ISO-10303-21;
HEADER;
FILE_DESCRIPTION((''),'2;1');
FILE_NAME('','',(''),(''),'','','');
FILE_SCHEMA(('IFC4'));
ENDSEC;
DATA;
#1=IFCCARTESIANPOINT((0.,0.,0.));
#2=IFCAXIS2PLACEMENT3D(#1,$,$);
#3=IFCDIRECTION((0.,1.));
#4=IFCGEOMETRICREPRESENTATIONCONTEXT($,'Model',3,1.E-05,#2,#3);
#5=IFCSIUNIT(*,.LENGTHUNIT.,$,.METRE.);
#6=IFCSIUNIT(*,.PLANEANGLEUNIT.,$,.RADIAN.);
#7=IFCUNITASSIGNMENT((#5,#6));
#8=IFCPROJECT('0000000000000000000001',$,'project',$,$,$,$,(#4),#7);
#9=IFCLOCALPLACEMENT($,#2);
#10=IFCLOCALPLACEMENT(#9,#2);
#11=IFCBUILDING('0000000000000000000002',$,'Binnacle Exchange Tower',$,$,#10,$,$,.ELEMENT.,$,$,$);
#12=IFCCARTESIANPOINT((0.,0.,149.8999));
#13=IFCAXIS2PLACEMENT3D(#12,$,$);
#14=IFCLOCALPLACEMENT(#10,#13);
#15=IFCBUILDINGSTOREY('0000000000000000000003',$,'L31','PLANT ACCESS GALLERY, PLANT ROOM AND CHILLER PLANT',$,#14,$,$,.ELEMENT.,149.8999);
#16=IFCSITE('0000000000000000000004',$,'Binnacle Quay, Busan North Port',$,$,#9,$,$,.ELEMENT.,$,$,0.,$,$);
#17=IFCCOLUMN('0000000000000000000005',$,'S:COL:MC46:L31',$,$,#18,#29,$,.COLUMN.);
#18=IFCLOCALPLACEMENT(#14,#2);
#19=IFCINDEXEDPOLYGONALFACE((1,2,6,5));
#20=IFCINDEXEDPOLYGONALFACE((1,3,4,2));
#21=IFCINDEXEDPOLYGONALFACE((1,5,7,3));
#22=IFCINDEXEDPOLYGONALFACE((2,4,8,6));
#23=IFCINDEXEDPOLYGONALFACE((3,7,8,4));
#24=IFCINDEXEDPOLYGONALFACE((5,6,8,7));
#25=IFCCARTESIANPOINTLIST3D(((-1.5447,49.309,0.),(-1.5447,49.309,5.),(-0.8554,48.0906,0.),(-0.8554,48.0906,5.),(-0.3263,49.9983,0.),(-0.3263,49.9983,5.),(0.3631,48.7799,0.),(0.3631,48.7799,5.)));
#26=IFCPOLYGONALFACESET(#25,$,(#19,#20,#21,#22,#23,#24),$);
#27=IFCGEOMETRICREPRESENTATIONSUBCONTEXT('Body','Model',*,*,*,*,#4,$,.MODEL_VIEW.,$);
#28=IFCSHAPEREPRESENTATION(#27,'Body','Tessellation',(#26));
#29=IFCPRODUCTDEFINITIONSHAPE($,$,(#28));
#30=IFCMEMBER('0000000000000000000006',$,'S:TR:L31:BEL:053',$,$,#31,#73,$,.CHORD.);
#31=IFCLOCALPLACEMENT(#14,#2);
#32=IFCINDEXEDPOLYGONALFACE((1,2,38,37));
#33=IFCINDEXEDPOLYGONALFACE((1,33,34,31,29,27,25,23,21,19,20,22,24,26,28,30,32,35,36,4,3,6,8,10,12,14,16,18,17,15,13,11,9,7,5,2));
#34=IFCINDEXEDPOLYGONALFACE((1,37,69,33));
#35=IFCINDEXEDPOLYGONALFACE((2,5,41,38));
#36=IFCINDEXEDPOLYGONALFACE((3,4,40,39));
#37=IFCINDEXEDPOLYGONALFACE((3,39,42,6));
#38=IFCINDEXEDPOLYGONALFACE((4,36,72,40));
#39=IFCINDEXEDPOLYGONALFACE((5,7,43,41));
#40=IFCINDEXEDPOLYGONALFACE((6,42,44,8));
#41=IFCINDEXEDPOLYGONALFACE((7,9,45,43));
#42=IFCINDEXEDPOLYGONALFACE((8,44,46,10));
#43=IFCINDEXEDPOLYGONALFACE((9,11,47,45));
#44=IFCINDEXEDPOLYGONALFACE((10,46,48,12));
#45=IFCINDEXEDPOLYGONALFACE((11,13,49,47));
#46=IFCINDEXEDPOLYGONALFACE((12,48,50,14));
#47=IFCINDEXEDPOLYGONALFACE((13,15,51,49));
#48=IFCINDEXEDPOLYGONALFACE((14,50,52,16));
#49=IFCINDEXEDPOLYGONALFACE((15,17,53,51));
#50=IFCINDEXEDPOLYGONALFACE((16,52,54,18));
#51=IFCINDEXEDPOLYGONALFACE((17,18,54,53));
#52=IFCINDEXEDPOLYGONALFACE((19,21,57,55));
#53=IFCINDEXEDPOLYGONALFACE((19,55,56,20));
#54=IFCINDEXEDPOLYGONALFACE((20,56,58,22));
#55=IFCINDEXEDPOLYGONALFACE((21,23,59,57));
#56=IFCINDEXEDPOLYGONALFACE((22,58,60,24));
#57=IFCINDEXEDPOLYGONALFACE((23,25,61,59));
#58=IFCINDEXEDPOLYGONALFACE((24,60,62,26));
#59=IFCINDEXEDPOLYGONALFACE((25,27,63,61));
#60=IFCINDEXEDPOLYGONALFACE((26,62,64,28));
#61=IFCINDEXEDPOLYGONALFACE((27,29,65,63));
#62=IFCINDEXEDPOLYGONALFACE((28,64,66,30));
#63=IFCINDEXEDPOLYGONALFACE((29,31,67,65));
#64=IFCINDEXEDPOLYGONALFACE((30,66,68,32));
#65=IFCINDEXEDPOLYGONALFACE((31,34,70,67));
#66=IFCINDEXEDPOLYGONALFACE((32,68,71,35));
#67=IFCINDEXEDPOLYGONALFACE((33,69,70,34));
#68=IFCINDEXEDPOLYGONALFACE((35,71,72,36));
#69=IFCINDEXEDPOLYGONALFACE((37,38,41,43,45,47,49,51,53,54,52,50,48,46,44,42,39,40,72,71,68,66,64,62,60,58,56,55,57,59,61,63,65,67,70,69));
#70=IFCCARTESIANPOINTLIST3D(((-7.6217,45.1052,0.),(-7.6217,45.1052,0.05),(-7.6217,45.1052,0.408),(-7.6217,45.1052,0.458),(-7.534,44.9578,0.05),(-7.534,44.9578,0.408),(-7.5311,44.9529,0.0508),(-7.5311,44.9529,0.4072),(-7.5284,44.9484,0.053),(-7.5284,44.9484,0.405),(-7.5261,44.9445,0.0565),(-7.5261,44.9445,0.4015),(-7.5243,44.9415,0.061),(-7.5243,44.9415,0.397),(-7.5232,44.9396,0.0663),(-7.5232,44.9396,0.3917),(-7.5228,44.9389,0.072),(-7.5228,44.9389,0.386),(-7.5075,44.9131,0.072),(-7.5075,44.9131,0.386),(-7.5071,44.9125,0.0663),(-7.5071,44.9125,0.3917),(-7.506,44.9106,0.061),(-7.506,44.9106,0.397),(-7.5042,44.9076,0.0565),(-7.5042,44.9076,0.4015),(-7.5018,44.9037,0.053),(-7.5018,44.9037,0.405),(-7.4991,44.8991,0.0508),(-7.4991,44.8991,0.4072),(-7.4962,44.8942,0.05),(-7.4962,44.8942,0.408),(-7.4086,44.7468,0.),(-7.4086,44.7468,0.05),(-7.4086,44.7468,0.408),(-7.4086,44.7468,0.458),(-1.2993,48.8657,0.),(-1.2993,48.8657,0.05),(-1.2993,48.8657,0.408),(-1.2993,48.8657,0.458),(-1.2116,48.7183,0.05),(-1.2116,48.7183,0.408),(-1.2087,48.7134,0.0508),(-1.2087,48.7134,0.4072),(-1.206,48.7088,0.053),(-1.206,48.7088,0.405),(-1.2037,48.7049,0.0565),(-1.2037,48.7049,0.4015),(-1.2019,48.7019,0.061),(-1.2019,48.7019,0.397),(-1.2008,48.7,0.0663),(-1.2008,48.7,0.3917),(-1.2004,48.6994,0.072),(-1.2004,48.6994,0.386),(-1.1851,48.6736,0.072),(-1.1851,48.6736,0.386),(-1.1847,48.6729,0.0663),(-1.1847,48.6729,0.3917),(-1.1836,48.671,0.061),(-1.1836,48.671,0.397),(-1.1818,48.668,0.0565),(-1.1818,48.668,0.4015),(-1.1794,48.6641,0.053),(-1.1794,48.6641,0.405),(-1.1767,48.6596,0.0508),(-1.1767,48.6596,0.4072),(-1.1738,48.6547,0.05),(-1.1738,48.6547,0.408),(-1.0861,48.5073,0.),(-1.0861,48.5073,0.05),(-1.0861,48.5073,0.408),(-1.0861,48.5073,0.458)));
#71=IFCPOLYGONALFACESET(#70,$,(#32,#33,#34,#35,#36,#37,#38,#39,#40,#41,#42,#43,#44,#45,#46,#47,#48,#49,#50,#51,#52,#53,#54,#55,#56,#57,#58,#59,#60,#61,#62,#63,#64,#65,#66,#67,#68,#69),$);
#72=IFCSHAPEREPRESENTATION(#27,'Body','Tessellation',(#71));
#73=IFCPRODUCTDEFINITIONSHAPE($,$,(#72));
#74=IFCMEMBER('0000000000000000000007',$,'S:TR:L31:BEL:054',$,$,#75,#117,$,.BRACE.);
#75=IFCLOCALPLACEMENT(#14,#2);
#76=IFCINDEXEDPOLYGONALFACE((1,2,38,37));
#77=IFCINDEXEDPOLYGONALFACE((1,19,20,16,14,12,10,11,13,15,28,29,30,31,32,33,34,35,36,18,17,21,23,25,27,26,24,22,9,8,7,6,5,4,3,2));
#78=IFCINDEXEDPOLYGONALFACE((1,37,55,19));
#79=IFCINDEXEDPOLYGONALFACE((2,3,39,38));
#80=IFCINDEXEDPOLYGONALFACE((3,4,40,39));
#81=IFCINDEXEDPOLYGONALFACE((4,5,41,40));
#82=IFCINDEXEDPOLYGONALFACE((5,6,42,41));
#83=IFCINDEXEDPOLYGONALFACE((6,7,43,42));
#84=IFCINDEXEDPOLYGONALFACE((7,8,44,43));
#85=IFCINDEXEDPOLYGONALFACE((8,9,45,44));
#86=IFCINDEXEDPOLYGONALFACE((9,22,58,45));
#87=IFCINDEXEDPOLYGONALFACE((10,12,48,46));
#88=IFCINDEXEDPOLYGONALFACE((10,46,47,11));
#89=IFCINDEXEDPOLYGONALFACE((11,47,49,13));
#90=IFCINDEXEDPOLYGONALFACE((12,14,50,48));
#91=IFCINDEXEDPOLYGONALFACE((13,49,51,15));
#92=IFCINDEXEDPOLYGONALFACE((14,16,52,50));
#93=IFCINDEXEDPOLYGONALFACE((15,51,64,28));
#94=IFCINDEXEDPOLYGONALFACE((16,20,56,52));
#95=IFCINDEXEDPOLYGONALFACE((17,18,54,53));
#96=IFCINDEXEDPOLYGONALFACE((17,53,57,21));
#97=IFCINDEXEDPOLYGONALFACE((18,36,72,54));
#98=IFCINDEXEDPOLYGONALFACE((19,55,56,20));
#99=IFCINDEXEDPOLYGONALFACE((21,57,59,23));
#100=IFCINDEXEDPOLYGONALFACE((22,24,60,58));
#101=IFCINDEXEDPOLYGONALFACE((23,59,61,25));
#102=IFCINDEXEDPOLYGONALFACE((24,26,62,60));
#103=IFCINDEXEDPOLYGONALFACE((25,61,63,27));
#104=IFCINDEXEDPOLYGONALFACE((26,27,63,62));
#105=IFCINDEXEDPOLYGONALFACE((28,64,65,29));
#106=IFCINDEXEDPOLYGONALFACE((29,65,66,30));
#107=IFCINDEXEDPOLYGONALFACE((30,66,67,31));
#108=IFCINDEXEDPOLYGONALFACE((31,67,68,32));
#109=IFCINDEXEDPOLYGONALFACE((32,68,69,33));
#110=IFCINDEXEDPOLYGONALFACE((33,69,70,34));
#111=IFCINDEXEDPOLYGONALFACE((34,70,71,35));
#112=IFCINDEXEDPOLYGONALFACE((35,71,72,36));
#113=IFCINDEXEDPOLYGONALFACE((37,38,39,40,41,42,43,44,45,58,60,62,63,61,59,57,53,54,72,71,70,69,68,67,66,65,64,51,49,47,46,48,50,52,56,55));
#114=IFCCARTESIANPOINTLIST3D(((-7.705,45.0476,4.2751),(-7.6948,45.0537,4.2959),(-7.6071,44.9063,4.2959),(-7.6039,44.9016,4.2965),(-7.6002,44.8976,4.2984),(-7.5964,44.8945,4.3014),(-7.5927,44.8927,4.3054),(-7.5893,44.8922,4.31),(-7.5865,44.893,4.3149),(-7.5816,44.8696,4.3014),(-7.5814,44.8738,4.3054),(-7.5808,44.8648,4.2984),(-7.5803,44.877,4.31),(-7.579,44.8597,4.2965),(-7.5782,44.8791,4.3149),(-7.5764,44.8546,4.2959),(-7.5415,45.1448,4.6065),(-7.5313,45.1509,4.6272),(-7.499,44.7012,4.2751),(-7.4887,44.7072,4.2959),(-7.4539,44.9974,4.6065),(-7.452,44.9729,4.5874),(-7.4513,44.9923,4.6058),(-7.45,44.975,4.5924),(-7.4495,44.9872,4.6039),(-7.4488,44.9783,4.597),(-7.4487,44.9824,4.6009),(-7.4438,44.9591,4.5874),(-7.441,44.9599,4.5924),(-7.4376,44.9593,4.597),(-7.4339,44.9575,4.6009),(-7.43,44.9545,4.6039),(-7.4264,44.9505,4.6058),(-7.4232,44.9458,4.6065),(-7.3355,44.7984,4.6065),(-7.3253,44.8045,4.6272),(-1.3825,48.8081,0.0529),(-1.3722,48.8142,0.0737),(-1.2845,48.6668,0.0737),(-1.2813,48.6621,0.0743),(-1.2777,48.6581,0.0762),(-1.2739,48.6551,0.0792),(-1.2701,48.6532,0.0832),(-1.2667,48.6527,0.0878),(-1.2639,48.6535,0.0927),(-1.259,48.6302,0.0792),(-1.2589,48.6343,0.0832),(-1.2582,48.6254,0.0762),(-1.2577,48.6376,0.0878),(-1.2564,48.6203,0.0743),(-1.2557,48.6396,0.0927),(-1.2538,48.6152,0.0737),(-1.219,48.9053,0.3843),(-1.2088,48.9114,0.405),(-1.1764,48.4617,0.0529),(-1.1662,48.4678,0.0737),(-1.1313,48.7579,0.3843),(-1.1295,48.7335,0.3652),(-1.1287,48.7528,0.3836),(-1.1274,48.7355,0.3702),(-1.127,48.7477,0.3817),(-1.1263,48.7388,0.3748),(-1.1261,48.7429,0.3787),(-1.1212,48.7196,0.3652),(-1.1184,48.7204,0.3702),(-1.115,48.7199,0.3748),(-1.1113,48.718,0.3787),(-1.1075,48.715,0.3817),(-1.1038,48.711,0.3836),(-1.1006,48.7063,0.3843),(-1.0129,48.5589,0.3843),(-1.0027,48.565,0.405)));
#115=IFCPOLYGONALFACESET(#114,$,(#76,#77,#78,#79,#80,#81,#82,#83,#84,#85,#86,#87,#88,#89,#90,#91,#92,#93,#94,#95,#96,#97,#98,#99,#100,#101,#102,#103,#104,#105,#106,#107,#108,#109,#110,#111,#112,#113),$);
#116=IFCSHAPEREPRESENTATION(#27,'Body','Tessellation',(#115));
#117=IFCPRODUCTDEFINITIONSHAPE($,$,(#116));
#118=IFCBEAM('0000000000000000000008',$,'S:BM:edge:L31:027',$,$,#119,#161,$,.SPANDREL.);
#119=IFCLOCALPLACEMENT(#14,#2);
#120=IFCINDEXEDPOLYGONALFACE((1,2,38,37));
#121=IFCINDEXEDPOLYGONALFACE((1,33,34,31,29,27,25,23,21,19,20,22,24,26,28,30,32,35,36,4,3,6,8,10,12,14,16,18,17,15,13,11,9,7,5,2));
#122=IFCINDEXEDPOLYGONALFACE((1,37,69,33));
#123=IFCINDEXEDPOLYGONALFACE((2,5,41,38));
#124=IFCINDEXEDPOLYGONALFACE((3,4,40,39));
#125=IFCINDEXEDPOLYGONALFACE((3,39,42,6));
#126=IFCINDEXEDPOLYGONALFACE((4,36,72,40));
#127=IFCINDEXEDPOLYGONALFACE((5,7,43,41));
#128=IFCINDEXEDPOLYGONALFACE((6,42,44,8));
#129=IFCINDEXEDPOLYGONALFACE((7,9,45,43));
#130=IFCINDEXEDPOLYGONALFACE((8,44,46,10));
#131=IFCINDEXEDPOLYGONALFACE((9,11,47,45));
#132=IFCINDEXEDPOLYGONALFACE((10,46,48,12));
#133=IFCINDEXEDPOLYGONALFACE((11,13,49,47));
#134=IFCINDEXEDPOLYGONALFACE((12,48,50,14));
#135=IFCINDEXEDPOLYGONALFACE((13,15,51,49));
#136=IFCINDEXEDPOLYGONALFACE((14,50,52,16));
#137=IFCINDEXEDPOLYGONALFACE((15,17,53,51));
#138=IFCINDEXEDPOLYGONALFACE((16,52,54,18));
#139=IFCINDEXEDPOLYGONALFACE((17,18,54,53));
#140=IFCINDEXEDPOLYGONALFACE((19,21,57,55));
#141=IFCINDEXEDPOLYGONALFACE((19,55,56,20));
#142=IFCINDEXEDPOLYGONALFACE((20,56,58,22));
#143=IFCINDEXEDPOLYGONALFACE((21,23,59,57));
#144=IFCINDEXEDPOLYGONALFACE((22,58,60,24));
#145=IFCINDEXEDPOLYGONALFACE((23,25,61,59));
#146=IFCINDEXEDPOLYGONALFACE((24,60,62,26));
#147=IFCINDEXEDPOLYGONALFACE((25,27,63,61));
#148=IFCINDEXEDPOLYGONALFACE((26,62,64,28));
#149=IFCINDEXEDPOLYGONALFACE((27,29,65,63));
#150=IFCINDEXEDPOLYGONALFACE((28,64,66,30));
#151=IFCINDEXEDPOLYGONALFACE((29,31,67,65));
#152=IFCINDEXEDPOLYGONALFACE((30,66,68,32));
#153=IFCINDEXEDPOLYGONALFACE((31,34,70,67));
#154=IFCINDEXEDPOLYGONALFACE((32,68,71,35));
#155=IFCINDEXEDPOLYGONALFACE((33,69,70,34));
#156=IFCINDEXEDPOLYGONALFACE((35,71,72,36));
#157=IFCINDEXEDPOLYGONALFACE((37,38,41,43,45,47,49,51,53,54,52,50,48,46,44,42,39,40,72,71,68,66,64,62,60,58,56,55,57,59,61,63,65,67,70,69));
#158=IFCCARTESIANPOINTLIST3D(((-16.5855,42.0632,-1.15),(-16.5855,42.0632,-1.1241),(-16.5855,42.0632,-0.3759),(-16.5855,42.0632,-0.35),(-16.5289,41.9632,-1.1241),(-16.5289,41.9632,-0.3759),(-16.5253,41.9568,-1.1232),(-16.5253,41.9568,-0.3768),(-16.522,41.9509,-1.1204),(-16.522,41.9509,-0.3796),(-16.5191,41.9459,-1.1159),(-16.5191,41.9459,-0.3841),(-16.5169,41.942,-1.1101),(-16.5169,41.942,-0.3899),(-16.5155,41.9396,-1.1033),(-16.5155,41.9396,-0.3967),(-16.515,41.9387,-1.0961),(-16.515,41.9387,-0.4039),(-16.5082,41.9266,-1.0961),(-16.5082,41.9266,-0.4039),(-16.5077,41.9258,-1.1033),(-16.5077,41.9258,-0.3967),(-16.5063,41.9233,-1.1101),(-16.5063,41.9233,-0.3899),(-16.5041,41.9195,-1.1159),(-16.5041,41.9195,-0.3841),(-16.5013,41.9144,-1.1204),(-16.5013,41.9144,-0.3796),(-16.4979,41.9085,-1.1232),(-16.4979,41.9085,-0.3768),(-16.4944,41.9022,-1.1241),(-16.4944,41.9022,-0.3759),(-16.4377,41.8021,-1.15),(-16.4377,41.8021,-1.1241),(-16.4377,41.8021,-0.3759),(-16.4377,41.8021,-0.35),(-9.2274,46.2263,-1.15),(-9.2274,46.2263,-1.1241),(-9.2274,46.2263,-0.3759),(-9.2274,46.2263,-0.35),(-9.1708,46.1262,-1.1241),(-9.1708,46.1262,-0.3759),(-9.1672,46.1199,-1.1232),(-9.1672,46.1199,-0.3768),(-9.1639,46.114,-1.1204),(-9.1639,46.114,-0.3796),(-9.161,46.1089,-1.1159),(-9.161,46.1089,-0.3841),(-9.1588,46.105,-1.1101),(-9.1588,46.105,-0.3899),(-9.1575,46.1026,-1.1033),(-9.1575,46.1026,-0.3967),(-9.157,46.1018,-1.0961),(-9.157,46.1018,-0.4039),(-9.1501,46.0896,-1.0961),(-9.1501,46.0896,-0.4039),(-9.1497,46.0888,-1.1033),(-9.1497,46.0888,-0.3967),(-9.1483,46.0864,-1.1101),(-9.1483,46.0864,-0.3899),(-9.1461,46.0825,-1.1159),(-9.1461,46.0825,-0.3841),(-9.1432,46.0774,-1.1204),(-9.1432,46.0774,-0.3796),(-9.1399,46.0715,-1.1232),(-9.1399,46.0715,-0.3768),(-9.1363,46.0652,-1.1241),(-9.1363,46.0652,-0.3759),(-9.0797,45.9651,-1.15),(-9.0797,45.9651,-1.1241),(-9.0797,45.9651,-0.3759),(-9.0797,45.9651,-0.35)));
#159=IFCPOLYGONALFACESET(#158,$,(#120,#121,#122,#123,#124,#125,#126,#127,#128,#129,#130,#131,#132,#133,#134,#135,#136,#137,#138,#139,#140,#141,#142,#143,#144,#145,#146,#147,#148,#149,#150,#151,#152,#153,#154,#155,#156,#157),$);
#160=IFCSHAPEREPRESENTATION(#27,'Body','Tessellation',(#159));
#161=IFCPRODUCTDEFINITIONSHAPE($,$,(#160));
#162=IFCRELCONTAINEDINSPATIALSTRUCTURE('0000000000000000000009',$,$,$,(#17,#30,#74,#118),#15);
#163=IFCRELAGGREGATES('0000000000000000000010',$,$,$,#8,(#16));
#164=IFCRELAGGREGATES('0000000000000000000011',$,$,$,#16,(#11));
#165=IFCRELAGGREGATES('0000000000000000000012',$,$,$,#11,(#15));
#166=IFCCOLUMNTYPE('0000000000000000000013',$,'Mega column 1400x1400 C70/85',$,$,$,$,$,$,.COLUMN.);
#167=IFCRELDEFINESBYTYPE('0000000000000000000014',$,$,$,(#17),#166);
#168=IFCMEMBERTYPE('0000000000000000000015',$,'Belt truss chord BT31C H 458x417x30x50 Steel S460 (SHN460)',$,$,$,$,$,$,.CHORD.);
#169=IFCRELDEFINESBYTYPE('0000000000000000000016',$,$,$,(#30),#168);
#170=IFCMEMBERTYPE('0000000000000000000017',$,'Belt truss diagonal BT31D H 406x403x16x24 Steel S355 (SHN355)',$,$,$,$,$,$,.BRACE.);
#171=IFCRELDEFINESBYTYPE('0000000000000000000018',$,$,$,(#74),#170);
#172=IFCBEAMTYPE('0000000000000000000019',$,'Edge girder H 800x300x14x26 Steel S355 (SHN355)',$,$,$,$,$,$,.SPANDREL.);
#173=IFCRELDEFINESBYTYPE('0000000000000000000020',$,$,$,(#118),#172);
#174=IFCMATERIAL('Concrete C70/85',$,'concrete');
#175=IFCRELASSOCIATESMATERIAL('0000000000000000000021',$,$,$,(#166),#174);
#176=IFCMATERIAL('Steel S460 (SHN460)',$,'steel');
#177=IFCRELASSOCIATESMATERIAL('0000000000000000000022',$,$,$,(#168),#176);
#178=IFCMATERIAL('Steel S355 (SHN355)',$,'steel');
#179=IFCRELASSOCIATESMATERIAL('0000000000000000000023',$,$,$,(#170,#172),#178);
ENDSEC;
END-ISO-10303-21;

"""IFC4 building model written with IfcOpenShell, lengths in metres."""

from ifc_helpers import new_model, si_unit, direction, frame, origin, origin_2d, place, context, subcontext, project, spatial, rectangle, i_section, extrude, material, material_profile, profile_set, type_object, element, save


model = new_model("IFC4")

# Units and contexts
model_context = context("Model", 3, precision=1e-05, world=origin(), true_north=direction((0.0, 1.0)))
body_context = subcontext(model_context, "Body", "Model", "MODEL_VIEW")
ifc_project = project(units=[si_unit("LENGTHUNIT", "METRE"), si_unit("PLANEANGLEUNIT", "RADIAN")], contexts=[model_context])

# Site, building, storey
site_placement = place(None, origin())
site = spatial("IfcSite", under=ifc_project, at=site_placement, Name="Binnacle Quay, Busan North Port", CompositionType="ELEMENT", RefElevation=0.0)
building_placement = place(site_placement, origin())
building = spatial("IfcBuilding", under=site, at=building_placement, Name="Binnacle Exchange Tower", CompositionType="ELEMENT")
storey_placement = place(building_placement, frame((0.0, 0.0, 149.8999)))
storey = spatial("IfcBuildingStorey", under=building, at=storey_placement, Name="L31", Description="PLANT ACCESS GALLERY, PLANT ROOM AND CHILLER PLANT", CompositionType="ELEMENT", Elevation=149.8999)

# Column
ifc_material_1 = material(Name="Concrete C70/85", Category="concrete")
ifc_material_profile_1 = material_profile(ifc_material_1, rectangle(XDim=1.3999, YDim=1.3999, at=origin_2d()), Name="Mega column 1400x1400 C70/85")
ifc_profile_set_1 = profile_set([ifc_material_profile_1], Name="Concrete C70/85")
column_type = type_object("IfcColumnType", Name="Mega column 1400x1400 C70/85", PredefinedType="COLUMN", material=ifc_profile_set_1)
column_placement = place(storey_placement, frame((-0.5908, 49.0444, 0.0), z_axis=(0.0, 0.0, 1.0), x_axis=(0.870356, 0.492424, 0.0)))
element("IfcColumn", 1, at=column_placement, inside=storey, type_object=column_type, Name="S:COL:MC46:L31", PredefinedType="COLUMN", context=body_context, shape_type="SweptSolid", body=[
    extrude(rectangle(XDim=1.3999, YDim=1.3999, at=origin_2d()), origin(), (0.0, 0.0, 1.0), 5.0),
])

# Members
ifc_material_2 = material(Name="Steel S460 (SHN460)", Category="steel")
ifc_material_profile_2 = material_profile(ifc_material_2, i_section(OverallWidth=0.417, OverallDepth=0.458, WebThickness=0.03, FlangeThickness=0.05, FilletRadius=0.022, at=origin_2d()), Name="H 458x417x30x50")
ifc_profile_set_2 = profile_set([ifc_material_profile_2], Name="Steel S460 (SHN460)")
member_type_1 = type_object("IfcMemberType", Name="Belt truss chord BT31C H 458x417x30x50 Steel S460 (SHN460)", PredefinedType="CHORD", material=ifc_profile_set_2)
member_1_placement = place(storey_placement, frame((-7.5151, 44.926, 0.229), z_axis=(0.859466, 0.511193, 0.0), x_axis=(-0.511193, 0.859466, 0.0)))
element("IfcMember", 2, at=member_1_placement, inside=storey, type_object=member_type_1, Name="S:TR:L31:BEL:053", PredefinedType="CHORD", context=body_context, shape_type="SweptSolid", body=[
    extrude(i_section(OverallWidth=0.417, OverallDepth=0.458, WebThickness=0.03, FlangeThickness=0.05, FilletRadius=0.022, at=origin_2d()), origin(), (0.0, 0.0, 1.0), 7.3562),
])
ifc_material_3 = material(Name="Steel S355 (SHN355)", Category="steel")
ifc_material_profile_3 = material_profile(ifc_material_3, i_section(OverallWidth=0.4031, OverallDepth=0.406, WebThickness=0.0161, FlangeThickness=0.0239, FilletRadius=0.022, at=origin_2d()), Name="H 406x403x16x24")
ifc_profile_set_3 = profile_set([ifc_material_profile_3], Name="Steel S355 (SHN355)")
member_type_2 = type_object("IfcMemberType", Name="Belt truss diagonal BT31D H 406x403x16x24 Steel S355 (SHN355)", PredefinedType="BRACE", material=ifc_profile_set_3)
member_2_placement = place(storey_placement, frame((-7.5151, 44.926, 4.4512), z_axis=(0.745414, 0.443357, -0.497787), x_axis=(-0.511193, 0.859466, 0.0)))
element("IfcMember", 3, at=member_2_placement, inside=storey, type_object=member_type_2, Name="S:TR:L31:BEL:054", PredefinedType="BRACE", context=body_context, shape_type="SweptSolid", body=[
    extrude(i_section(OverallWidth=0.4031, OverallDepth=0.406, WebThickness=0.0161, FlangeThickness=0.0239, FilletRadius=0.022, at=origin_2d()), origin(), (0.0, 0.0, 1.0), 8.4819),
])

# Beam
ifc_material_profile_4 = material_profile(ifc_material_3, i_section(OverallWidth=0.3, OverallDepth=0.8, WebThickness=0.0139, FlangeThickness=0.0259, FilletRadius=0.0281, at=origin_2d()), Name="H 800x300x14x26")
ifc_profile_set_4 = profile_set([ifc_material_profile_4], Name="Steel S355 (SHN355)")
beam_type_1 = type_object("IfcBeamType", Name="Edge girder H 800x300x14x26 Steel S355 (SHN355)", PredefinedType="SPANDREL", material=ifc_profile_set_4)
beam_1_placement = place(storey_placement, frame((-9.1536, 46.0957, -0.75), z_axis=(-0.870354, -0.492427, 0.0), x_axis=(0.492427, -0.870354, 0.0)))
element("IfcBeam", 4, at=beam_1_placement, inside=storey, type_object=beam_type_1, Name="S:BM:edge:L31:027", PredefinedType="SPANDREL", context=body_context, shape_type="SweptSolid", body=[
    extrude(i_section(OverallWidth=0.3, OverallDepth=0.8, WebThickness=0.0139, FlangeThickness=0.0259, FilletRadius=0.0281, at=origin_2d()), origin(), (0.0, 0.0, 1.0), 8.4541),
])

save(model, "model.ifc")
